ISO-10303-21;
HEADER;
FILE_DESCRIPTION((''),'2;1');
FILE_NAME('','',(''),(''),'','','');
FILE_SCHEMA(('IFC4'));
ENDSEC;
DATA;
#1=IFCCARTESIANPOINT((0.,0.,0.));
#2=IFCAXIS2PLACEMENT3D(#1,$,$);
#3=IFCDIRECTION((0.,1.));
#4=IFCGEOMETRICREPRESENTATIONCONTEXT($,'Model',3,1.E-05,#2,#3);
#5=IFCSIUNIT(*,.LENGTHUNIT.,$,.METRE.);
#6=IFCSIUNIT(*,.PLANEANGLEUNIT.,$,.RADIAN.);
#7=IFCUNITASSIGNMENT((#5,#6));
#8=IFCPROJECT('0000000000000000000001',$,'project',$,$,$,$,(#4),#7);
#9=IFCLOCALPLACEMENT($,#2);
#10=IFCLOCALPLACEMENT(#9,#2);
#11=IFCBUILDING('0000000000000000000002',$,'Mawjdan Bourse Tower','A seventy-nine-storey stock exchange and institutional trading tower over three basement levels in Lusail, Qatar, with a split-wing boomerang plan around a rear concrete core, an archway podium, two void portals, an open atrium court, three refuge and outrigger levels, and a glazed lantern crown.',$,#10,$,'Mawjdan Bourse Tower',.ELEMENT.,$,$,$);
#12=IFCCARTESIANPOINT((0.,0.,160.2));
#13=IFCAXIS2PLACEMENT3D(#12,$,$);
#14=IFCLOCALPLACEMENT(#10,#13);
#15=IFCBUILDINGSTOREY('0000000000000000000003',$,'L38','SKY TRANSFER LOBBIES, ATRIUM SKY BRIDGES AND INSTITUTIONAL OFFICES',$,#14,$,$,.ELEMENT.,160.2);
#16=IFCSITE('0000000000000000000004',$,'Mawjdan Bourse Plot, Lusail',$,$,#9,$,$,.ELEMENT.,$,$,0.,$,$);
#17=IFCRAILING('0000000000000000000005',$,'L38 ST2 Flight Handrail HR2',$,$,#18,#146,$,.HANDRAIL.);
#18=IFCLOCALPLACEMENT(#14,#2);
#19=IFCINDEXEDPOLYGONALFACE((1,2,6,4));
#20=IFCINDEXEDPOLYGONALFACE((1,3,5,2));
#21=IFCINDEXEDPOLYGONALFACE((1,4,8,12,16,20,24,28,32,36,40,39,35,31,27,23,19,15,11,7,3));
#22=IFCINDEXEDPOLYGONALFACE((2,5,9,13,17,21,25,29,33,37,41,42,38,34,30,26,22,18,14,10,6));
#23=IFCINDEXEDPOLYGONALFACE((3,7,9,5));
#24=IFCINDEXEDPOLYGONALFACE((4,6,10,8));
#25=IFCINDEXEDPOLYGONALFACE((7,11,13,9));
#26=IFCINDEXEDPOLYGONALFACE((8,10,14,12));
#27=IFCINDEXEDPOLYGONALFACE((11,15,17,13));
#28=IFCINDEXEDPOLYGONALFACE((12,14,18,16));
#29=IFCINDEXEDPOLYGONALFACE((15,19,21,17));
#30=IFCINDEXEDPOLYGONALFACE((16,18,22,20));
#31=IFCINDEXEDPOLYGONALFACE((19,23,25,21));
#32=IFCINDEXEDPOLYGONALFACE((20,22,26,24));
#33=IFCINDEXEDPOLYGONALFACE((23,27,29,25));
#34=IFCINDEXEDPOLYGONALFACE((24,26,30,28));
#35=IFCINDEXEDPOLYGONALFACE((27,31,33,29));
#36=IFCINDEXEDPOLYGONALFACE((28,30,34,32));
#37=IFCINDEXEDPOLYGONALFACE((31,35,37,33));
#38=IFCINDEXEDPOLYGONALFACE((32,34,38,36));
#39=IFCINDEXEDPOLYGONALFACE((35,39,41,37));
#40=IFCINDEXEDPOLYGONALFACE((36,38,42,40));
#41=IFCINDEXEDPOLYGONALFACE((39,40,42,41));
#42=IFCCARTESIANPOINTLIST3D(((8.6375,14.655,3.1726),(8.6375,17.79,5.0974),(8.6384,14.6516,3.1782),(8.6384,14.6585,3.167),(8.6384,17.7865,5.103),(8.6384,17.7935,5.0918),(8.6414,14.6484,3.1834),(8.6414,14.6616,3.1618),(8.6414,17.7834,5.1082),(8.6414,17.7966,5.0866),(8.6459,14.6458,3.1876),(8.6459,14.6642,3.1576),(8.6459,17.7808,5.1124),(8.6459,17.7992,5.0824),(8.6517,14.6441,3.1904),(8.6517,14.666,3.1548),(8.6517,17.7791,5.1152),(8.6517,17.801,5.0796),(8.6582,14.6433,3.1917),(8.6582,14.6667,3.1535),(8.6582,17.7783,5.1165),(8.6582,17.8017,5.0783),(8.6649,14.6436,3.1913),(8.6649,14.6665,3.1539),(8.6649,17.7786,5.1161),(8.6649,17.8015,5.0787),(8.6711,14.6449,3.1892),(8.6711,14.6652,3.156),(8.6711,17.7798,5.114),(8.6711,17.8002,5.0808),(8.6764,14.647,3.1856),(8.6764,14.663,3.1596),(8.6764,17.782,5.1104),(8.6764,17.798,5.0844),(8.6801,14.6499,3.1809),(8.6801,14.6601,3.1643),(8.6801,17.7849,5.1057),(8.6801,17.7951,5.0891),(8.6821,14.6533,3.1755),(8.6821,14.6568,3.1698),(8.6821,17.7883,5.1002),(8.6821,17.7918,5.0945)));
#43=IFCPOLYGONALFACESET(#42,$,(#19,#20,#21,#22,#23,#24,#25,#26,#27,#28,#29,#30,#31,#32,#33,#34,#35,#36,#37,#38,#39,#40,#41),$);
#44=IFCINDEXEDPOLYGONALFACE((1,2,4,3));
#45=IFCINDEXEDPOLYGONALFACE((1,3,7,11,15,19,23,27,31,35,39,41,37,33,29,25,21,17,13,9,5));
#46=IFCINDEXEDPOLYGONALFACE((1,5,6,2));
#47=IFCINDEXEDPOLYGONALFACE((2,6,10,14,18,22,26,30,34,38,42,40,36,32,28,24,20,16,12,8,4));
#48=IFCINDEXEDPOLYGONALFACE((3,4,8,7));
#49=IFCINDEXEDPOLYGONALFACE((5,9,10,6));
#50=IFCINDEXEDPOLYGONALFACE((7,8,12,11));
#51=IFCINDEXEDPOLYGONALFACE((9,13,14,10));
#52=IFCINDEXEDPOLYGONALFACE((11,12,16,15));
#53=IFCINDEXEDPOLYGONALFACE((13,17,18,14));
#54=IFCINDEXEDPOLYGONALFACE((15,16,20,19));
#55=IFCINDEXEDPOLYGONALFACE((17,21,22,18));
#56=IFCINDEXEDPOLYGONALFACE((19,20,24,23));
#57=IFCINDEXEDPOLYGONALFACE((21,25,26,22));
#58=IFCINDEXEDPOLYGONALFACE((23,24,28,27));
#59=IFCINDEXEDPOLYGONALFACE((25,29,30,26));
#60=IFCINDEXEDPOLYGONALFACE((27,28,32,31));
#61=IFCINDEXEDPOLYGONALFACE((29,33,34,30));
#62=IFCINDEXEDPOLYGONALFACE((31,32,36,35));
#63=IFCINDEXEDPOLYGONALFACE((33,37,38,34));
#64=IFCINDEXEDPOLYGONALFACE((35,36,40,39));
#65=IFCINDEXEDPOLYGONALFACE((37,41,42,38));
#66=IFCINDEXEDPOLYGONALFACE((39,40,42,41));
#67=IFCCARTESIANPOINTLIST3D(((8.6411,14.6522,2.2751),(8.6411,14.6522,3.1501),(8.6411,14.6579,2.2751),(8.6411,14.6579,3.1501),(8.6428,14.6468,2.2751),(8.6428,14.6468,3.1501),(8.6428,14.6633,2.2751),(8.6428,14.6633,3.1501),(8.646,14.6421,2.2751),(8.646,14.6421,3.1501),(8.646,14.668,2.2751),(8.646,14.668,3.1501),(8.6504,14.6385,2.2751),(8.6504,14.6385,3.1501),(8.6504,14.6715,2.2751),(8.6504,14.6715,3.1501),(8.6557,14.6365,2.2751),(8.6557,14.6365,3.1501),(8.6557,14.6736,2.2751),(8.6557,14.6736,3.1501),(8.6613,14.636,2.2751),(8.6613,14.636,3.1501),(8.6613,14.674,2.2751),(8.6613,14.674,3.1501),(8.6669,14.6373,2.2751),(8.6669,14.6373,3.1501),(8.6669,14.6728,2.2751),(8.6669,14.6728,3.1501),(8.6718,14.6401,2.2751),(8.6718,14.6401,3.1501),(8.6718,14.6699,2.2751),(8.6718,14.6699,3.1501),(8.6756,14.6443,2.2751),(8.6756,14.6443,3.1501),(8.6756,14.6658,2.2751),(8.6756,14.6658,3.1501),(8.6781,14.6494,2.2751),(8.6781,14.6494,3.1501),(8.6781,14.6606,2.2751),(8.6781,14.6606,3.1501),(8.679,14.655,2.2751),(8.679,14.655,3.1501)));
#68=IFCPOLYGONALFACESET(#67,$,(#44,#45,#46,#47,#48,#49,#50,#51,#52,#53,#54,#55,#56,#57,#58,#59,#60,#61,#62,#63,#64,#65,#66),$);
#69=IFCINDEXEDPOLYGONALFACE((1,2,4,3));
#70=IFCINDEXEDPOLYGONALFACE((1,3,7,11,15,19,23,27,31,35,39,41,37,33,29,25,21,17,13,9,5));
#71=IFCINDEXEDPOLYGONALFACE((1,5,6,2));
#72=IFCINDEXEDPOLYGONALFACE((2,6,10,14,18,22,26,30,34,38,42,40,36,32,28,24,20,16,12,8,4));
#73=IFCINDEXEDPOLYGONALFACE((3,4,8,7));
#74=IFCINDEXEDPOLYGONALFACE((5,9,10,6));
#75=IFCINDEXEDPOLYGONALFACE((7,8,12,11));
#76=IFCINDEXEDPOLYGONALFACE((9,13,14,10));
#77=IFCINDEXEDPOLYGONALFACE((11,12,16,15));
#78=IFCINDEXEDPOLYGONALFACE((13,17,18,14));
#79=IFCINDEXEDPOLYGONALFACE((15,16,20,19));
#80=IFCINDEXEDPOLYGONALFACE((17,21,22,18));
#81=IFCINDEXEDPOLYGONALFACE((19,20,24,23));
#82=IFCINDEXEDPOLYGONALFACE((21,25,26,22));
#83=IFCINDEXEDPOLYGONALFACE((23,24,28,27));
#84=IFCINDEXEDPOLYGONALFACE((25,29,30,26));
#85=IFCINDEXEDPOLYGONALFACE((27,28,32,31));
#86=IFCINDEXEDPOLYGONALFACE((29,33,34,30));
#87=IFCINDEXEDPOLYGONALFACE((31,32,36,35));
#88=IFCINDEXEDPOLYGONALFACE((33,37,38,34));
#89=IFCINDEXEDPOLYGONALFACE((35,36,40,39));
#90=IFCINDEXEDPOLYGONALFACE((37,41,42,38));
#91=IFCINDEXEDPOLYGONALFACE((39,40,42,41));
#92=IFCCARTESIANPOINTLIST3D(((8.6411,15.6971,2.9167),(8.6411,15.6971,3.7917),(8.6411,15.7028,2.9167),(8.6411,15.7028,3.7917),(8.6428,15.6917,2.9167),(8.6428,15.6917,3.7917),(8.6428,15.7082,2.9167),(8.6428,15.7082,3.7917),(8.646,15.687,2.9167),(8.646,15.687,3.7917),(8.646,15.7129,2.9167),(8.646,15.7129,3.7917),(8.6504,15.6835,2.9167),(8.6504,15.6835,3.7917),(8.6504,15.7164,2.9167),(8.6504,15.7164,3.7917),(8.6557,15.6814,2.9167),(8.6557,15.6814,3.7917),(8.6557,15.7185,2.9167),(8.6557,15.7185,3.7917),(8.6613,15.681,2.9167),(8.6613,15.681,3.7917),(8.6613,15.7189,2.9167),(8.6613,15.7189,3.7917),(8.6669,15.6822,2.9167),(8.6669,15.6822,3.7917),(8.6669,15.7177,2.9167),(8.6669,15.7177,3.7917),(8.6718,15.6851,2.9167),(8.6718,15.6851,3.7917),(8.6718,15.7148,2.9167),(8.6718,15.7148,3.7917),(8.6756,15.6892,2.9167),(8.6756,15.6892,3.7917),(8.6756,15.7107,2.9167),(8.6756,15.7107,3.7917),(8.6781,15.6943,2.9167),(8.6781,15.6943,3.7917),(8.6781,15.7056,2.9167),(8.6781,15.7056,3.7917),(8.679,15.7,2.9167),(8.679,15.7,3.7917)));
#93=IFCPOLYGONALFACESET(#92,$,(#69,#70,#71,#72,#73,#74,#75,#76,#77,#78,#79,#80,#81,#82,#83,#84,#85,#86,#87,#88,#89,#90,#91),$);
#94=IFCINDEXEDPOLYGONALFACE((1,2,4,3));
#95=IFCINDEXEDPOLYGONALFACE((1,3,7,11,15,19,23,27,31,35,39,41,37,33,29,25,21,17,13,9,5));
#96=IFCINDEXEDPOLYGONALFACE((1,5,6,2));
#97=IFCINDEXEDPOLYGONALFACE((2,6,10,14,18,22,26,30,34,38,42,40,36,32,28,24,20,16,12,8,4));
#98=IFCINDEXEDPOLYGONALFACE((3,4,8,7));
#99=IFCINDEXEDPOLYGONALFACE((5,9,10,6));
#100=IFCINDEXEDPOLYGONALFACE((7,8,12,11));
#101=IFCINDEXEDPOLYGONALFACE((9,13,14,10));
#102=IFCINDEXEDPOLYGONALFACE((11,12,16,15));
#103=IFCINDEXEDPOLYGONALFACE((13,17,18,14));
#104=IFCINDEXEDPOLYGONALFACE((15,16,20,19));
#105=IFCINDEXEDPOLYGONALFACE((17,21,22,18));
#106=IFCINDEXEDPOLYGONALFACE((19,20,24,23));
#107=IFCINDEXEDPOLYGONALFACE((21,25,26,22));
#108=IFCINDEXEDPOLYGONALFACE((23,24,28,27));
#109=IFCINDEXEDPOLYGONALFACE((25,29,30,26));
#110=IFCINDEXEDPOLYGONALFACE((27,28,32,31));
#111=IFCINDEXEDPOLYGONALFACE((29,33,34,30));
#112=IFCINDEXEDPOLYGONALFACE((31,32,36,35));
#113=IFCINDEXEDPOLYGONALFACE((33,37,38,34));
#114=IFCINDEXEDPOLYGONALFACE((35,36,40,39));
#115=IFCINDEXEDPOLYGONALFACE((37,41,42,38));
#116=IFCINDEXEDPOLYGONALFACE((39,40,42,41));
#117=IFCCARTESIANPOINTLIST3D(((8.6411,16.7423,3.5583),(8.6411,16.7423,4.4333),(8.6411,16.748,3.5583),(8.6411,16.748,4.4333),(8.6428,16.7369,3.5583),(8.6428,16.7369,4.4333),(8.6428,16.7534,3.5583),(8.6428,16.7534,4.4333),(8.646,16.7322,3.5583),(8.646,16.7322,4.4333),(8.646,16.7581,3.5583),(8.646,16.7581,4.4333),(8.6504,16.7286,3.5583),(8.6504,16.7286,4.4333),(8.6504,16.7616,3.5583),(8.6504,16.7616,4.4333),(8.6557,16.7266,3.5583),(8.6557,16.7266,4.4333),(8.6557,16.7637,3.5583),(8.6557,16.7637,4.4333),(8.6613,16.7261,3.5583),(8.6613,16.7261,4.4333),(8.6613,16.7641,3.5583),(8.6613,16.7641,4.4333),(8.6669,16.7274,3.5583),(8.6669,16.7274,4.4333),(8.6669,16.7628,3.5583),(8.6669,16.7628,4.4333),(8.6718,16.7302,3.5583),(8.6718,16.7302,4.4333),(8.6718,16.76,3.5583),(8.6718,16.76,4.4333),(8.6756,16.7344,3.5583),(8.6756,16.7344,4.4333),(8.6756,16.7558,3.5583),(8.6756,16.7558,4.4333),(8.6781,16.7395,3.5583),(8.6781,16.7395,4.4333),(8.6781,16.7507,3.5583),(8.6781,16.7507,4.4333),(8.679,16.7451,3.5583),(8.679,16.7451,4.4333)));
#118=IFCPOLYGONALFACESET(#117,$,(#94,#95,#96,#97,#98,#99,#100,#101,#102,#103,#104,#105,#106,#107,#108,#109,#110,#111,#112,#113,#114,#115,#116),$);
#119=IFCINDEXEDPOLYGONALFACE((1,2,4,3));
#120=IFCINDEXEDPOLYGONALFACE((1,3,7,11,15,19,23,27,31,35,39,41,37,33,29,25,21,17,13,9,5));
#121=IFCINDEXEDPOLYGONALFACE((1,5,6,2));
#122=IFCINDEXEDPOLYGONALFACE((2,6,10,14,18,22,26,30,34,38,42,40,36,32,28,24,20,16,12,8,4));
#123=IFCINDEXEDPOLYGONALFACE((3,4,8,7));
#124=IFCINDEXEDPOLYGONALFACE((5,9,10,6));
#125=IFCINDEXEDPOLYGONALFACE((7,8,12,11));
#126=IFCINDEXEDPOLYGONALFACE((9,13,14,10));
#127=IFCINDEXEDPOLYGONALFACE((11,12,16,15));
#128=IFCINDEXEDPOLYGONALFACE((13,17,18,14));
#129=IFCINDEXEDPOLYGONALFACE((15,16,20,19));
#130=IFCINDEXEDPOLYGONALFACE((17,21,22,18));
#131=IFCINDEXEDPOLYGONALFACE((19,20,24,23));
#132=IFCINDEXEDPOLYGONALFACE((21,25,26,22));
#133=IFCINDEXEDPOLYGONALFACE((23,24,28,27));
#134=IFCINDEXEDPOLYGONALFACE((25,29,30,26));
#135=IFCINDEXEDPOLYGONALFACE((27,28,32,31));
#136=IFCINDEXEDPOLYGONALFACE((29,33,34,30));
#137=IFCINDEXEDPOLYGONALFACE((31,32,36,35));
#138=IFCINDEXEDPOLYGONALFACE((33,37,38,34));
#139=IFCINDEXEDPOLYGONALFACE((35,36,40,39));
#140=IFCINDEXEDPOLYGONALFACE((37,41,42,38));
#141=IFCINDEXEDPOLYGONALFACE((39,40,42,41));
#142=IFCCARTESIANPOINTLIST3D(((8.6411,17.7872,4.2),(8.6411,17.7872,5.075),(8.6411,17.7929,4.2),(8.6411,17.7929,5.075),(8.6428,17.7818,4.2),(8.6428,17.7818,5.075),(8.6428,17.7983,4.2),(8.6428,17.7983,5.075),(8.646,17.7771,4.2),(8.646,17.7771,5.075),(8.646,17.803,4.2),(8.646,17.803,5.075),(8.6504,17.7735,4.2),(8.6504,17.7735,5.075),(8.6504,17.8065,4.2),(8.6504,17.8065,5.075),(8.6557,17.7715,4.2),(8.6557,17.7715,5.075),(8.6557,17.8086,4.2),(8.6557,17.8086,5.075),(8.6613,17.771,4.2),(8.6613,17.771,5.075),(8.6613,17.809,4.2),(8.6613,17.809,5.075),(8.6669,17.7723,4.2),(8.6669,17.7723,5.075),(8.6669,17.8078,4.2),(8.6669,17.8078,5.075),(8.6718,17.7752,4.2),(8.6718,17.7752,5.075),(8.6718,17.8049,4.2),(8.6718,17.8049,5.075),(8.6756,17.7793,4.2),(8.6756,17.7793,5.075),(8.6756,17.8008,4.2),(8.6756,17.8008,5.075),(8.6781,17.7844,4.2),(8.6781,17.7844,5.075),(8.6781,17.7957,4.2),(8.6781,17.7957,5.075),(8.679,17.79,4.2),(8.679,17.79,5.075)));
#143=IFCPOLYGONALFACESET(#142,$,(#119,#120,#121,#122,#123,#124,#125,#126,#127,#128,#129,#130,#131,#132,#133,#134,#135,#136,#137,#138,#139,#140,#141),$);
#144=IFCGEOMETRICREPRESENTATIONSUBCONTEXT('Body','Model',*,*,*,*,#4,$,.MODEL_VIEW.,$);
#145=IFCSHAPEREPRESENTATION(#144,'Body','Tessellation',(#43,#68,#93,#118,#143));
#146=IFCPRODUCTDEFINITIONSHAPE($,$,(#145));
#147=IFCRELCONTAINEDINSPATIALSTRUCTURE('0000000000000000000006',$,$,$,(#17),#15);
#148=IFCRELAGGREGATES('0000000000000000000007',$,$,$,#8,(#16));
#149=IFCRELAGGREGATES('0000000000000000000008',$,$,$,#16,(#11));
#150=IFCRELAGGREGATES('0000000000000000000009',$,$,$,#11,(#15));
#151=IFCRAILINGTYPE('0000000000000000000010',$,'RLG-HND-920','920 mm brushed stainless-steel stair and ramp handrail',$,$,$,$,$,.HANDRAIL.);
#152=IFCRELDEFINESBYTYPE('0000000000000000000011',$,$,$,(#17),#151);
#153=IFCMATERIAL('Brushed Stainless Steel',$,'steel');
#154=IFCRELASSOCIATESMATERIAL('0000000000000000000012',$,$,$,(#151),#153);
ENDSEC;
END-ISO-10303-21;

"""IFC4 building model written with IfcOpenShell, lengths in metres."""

from ifc_helpers import new_model, si_unit, direction, frame, origin, origin_2d, place, context, subcontext, project, spatial, circle, extrude, material, type_object, element, save


model = new_model("IFC4")

# Units and contexts
model_context = context("Model", 3, precision=1e-05, world=origin(), true_north=direction((0.0, 1.0)))
body_context = subcontext(model_context, "Body", "Model", "MODEL_VIEW")
ifc_project = project(units=[si_unit("LENGTHUNIT", "METRE"), si_unit("PLANEANGLEUNIT", "RADIAN")], contexts=[model_context])

# Site, building, storey
site_placement = place(None, origin())
site = spatial("IfcSite", under=ifc_project, at=site_placement, Name="Mawjdan Bourse Plot, Lusail", CompositionType="ELEMENT", RefElevation=0.0)
building_placement = place(site_placement, origin())
building = spatial("IfcBuilding", under=site, at=building_placement, Name="Mawjdan Bourse Tower", Description="A seventy-nine-storey stock exchange and institutional trading tower over three basement levels in Lusail, Qatar, with a split-wing boomerang plan around a rear concrete core, an archway podium, two void portals, an open atrium court, three refuge and outrigger levels, and a glazed lantern crown.", LongName="Mawjdan Bourse Tower", CompositionType="ELEMENT")
storey_placement = place(building_placement, frame((0.0, 0.0, 160.2)))
storey = spatial("IfcBuildingStorey", under=building, at=storey_placement, Name="L38", Description="SKY TRANSFER LOBBIES, ATRIUM SKY BRIDGES AND INSTITUTIONAL OFFICES", CompositionType="ELEMENT", Elevation=160.2)

# Railing
ifc_material_1 = material(Name="Brushed Stainless Steel", Category="steel")
railing_type_1 = type_object("IfcRailingType", Name="RLG-HND-920", Description="920 mm brushed stainless-steel stair and ramp handrail", PredefinedType="HANDRAIL", material=ifc_material_1)
for number, where, name in (
    (1, (8.6599, 14.655, 2.2751), "L38 ST2 Flight Handrail HR2"),
):
    element("IfcRailing", number, at=place(storey_placement, frame(where)), inside=storey, type_object=railing_type_1, Name=name, PredefinedType="HANDRAIL", context=body_context, shape_type="SweptSolid", body=[
        extrude(circle(Radius=0.0225, at=origin_2d()), frame((0.0, 0.0, 0.8975), z_axis=(0.0, 0.852196, 0.523223), x_axis=(-1.0, 0.0, 0.0)), (0.0, 0.0, 1.0), 3.6787),
        extrude(circle(Radius=0.019, at=origin_2d()), origin(), (0.0, 0.0, 1.0), 0.875),
        extrude(circle(Radius=0.019, at=origin_2d()), frame((0.0, 1.0449, 0.6416)), (0.0, 0.0, 1.0), 0.875),
        extrude(circle(Radius=0.019, at=origin_2d()), frame((0.0, 2.0901, 1.2832)), (0.0, 0.0, 1.0), 0.875),
        extrude(circle(Radius=0.019, at=origin_2d()), frame((0.0, 3.135, 1.9248)), (0.0, 0.0, 1.0), 0.875),
    ])

save(model, "model.ifc")
